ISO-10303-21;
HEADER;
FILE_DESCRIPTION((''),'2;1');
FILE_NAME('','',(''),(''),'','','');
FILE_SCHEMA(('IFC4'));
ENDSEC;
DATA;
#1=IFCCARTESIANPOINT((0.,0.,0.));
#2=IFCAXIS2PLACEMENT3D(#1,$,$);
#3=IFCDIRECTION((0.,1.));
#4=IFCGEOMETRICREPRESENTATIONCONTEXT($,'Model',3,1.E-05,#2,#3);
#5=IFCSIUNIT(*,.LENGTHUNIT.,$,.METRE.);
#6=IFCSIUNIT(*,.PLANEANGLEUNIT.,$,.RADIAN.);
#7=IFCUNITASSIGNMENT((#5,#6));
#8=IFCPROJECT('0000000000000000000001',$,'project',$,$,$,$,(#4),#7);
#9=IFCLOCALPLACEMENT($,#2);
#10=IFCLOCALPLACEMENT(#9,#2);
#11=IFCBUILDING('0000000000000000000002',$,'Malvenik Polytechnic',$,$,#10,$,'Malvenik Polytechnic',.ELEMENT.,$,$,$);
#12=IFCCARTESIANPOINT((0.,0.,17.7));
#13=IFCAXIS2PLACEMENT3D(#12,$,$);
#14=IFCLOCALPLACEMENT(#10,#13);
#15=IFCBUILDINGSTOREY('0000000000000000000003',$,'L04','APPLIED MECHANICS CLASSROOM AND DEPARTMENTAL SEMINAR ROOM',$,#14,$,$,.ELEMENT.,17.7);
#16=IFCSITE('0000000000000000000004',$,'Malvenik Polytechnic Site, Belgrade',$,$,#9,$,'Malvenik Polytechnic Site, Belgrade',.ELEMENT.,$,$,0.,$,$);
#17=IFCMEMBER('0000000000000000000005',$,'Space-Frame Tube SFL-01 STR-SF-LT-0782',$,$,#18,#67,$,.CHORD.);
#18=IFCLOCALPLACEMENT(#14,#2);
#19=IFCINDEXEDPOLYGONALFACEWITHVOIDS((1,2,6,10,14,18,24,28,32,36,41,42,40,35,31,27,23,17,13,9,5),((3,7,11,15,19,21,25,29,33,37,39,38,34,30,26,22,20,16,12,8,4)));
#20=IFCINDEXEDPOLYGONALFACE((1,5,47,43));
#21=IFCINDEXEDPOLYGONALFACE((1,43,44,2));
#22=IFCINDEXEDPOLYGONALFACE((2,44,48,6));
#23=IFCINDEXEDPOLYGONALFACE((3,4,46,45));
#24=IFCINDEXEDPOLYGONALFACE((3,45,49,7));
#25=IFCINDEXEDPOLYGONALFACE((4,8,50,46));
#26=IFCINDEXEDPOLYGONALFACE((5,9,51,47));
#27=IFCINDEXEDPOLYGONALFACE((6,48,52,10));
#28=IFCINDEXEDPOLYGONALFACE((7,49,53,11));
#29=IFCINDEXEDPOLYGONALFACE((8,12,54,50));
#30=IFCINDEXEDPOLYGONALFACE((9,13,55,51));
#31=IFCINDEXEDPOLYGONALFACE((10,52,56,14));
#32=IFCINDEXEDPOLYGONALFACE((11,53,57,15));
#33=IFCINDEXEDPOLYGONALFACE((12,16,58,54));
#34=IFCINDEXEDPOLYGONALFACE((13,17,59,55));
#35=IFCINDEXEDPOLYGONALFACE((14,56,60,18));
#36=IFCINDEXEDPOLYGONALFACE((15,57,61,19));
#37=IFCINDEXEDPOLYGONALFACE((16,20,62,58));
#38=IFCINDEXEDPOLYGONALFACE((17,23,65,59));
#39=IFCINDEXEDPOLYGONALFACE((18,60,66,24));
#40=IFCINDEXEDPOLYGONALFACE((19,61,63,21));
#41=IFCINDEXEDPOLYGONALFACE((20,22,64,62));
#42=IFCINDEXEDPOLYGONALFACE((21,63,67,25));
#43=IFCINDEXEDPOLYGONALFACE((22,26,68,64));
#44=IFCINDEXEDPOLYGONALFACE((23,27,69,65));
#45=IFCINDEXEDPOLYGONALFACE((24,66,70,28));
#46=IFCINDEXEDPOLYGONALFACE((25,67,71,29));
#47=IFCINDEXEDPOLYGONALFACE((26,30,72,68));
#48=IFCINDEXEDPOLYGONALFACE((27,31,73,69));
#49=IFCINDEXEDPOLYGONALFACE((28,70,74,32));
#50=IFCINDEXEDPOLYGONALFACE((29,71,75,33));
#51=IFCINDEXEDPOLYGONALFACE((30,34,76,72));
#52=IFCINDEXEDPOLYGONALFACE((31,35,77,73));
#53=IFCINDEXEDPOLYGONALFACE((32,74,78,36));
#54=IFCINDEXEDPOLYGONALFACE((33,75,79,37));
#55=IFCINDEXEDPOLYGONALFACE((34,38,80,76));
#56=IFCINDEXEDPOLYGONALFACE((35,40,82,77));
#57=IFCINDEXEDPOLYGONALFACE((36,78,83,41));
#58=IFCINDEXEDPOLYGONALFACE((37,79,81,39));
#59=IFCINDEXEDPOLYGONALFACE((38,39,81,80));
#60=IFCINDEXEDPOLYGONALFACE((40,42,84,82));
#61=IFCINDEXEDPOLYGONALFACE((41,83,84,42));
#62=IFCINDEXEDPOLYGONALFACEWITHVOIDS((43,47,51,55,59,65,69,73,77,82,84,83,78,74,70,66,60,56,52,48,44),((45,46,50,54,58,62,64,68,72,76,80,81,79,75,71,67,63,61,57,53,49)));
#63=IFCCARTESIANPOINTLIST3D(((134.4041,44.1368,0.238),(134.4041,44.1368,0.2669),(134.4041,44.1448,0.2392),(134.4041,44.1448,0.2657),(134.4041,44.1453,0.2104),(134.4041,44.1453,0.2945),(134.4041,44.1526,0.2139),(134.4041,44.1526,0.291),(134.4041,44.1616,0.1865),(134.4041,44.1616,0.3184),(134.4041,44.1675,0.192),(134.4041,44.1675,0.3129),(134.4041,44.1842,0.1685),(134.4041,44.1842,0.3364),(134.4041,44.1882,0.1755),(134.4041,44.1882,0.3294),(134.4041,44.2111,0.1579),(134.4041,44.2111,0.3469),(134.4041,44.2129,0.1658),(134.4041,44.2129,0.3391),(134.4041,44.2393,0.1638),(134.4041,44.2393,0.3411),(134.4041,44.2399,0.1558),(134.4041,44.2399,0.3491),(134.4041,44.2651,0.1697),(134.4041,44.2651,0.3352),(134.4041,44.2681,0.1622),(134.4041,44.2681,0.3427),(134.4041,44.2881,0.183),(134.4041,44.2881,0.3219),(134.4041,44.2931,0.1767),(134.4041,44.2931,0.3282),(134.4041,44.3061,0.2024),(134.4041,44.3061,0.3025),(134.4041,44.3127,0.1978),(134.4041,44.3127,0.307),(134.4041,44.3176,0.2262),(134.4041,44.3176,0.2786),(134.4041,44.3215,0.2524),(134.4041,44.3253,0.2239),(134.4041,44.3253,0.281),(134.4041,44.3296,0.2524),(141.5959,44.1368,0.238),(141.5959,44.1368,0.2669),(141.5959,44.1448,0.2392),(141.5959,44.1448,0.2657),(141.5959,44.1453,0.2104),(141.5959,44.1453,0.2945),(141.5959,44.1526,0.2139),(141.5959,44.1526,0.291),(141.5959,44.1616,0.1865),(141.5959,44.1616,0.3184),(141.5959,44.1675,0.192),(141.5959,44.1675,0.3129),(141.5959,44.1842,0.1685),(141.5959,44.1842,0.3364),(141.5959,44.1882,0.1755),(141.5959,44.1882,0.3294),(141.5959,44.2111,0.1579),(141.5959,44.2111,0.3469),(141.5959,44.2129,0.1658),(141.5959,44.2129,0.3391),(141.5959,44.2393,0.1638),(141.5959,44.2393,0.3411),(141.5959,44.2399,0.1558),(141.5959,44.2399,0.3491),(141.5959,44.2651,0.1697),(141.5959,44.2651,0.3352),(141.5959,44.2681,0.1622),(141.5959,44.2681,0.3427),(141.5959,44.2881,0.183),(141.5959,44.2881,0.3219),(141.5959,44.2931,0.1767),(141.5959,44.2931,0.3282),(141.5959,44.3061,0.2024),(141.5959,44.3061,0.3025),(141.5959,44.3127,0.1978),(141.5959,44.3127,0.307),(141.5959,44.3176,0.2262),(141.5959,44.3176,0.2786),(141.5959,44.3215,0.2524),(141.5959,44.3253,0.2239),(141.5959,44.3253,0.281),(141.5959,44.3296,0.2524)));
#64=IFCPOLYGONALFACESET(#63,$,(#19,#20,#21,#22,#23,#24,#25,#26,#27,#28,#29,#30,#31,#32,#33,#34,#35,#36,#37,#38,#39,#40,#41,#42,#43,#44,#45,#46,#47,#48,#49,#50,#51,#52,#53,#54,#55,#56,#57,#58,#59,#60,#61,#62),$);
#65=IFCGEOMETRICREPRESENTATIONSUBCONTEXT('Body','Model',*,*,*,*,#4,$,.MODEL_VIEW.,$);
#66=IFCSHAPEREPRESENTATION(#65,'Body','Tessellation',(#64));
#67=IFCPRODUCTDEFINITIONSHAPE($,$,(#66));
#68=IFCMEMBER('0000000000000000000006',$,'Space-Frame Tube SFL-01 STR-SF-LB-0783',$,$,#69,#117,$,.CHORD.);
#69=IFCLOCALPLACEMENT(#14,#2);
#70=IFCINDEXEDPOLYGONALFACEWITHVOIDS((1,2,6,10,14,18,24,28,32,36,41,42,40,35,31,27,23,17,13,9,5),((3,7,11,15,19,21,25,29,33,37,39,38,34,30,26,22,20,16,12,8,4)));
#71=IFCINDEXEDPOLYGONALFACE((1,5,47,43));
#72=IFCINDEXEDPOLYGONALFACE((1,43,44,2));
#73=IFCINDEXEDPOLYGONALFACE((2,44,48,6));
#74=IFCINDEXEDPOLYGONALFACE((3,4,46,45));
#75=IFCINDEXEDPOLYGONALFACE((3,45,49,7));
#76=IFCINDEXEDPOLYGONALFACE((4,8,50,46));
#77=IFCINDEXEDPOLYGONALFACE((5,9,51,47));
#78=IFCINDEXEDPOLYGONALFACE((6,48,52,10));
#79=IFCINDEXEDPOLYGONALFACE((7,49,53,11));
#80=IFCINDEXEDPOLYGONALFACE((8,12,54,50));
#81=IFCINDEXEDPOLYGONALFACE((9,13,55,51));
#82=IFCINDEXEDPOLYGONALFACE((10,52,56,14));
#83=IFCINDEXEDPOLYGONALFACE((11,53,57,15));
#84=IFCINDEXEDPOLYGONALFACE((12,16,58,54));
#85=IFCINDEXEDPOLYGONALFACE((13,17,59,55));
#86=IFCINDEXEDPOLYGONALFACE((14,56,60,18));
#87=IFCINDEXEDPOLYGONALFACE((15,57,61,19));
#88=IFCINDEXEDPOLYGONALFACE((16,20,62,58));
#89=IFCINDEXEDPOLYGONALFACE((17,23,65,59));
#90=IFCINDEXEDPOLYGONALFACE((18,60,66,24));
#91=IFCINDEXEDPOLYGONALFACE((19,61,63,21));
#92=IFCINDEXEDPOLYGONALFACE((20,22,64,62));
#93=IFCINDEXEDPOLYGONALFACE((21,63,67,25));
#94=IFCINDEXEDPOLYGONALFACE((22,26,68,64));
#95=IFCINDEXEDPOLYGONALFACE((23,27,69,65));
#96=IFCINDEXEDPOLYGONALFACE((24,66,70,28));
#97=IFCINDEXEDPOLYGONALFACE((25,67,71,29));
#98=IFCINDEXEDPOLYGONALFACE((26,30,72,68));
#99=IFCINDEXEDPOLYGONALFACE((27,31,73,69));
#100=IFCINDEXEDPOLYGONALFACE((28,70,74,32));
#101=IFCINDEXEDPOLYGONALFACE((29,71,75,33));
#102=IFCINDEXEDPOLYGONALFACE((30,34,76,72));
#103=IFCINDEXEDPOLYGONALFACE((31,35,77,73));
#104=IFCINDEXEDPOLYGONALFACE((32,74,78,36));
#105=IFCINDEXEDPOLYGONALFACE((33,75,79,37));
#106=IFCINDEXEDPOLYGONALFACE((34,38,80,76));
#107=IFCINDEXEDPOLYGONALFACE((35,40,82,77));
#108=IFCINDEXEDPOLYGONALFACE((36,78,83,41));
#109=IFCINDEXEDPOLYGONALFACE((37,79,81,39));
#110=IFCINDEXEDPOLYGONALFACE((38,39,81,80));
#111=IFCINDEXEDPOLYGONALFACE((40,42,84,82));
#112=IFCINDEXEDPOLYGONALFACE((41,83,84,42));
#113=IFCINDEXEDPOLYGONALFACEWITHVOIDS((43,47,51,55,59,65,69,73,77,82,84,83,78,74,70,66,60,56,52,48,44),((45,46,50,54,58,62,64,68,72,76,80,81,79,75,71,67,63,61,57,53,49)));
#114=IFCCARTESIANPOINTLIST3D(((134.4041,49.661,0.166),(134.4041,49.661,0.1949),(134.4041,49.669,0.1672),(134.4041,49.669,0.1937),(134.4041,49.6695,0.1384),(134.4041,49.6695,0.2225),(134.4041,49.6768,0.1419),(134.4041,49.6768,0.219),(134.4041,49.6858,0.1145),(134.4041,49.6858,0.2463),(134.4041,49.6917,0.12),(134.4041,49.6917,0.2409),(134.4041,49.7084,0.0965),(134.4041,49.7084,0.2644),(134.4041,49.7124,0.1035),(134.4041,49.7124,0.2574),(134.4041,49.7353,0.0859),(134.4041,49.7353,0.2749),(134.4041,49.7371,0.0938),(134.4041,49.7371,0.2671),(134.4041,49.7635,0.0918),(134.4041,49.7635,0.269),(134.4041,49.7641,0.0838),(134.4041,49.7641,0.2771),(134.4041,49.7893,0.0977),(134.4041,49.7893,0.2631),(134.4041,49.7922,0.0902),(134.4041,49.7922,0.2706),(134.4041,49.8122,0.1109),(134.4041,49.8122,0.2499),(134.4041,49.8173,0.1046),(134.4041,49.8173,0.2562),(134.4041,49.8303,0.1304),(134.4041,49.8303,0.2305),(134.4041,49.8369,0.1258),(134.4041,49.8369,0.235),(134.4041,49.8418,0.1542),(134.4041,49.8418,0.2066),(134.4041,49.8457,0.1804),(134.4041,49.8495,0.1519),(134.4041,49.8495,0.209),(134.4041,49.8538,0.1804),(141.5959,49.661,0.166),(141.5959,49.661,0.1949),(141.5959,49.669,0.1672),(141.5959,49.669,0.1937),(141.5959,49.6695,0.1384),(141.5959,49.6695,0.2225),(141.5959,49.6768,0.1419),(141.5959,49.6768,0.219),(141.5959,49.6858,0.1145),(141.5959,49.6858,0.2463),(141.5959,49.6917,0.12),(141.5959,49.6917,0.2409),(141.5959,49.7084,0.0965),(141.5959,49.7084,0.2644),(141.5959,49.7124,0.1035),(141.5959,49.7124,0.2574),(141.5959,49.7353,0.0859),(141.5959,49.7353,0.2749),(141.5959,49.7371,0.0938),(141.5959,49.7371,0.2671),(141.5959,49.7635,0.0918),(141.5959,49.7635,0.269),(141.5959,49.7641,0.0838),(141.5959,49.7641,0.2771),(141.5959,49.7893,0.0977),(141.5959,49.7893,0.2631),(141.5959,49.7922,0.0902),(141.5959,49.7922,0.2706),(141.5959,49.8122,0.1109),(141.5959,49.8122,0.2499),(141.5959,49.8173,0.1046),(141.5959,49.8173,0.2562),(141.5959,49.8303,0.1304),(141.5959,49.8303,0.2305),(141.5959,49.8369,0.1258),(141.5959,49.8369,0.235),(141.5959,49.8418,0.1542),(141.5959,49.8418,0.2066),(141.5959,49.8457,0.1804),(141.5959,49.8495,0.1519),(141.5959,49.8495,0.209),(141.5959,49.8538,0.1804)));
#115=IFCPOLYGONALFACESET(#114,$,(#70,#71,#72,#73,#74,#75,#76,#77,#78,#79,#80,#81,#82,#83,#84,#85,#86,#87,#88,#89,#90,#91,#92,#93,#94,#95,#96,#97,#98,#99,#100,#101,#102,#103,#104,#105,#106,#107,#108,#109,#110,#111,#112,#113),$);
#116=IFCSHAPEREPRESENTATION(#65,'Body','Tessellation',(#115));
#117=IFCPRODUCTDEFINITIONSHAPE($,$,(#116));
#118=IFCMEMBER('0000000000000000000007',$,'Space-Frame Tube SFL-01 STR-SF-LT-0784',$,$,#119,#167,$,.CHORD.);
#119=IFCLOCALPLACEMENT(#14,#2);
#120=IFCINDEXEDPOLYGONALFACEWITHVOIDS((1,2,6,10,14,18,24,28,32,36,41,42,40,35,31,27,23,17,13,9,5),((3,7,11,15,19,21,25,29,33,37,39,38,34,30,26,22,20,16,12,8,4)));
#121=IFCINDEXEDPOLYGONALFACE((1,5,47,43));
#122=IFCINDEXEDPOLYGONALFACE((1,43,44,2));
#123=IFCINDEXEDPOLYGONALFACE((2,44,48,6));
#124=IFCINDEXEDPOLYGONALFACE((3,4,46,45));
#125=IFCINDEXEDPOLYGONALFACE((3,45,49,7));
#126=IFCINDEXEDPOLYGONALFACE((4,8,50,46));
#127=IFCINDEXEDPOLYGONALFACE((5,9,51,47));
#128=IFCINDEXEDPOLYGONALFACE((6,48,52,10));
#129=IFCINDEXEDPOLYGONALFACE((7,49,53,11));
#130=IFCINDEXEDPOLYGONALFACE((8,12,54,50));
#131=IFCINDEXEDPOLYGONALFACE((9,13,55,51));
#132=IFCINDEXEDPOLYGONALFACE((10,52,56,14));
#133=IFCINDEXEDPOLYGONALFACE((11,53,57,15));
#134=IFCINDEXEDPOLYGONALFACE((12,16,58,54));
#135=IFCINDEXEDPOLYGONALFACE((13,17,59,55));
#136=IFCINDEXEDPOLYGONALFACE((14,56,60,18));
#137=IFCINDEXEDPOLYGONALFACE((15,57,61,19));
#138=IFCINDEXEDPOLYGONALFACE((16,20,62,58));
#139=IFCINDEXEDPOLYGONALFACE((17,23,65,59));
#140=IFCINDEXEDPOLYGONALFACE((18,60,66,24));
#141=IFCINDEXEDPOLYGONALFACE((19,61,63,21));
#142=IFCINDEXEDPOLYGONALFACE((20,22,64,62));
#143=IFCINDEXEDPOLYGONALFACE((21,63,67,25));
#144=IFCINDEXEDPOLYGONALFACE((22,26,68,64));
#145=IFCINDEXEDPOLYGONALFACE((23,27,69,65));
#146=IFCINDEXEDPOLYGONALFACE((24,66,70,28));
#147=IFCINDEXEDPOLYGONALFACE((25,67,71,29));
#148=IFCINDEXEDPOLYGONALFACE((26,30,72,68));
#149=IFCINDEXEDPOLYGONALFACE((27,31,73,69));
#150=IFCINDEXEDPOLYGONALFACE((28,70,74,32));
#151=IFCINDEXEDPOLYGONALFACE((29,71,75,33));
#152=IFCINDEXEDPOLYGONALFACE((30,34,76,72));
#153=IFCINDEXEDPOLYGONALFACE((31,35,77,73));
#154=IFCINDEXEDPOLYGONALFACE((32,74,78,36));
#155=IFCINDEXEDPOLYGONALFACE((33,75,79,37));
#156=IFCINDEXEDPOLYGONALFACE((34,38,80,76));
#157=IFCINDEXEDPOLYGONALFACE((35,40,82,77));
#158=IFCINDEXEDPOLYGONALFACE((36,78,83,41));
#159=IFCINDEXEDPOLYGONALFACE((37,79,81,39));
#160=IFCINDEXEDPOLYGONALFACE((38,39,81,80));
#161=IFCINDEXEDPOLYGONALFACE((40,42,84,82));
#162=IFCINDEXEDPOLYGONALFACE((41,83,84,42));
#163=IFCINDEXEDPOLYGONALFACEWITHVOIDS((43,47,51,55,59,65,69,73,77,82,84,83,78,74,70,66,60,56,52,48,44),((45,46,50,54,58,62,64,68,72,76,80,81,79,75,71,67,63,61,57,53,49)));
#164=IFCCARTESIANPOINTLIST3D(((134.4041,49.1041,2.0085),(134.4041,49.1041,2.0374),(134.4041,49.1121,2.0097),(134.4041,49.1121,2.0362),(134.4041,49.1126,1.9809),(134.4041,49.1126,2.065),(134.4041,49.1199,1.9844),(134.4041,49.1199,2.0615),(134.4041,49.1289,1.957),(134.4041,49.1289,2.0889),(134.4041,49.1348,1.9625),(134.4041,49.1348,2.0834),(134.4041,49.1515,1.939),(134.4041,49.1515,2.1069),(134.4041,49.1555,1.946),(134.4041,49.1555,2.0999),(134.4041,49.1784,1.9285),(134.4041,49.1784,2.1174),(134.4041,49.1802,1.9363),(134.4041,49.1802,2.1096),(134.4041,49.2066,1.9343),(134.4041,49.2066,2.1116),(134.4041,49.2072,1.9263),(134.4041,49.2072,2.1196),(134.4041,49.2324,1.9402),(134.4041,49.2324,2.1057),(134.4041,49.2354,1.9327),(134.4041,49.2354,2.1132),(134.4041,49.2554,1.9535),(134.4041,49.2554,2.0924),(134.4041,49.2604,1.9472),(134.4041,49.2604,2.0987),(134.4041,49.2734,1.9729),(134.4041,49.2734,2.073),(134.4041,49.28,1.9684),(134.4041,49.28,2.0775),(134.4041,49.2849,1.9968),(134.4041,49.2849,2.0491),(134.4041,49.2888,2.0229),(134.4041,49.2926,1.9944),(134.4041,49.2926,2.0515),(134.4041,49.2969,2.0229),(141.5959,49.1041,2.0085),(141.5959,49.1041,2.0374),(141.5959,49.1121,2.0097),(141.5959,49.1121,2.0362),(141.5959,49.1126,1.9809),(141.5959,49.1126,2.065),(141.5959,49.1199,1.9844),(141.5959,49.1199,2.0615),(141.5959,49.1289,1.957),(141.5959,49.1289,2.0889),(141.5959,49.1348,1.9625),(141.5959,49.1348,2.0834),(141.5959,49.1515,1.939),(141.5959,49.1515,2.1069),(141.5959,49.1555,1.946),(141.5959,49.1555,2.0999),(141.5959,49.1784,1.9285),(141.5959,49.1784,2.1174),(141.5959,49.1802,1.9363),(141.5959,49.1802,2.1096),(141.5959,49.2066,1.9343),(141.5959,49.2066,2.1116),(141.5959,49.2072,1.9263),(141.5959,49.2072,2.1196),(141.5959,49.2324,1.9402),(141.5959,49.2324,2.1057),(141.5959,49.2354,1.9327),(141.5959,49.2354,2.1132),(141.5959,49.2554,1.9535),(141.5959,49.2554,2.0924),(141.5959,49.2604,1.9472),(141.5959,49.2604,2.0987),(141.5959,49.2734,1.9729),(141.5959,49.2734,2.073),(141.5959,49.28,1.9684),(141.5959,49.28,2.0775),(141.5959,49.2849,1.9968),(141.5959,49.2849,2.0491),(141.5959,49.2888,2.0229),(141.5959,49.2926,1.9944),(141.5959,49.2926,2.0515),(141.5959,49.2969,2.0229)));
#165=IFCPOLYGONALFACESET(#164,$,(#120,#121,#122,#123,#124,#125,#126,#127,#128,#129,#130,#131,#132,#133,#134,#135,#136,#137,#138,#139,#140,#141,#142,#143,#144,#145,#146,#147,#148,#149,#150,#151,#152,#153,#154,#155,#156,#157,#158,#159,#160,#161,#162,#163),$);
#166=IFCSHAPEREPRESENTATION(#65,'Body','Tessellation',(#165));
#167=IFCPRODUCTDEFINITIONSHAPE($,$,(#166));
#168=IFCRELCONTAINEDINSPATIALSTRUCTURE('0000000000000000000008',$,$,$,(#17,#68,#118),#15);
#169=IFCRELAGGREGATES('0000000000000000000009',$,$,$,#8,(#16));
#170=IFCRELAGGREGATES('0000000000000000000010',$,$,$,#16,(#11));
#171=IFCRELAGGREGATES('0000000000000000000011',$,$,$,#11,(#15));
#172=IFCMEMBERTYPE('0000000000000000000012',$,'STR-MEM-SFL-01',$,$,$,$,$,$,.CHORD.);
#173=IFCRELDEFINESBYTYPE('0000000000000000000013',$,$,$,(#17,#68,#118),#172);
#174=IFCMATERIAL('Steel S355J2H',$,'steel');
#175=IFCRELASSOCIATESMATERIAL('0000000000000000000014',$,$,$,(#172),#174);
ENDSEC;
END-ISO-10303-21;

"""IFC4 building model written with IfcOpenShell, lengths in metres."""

from ifc_helpers import new_model, si_unit, direction, frame, origin, origin_2d, place, context, subcontext, project, spatial, hollow_circle, extrude, material, material_profile, profile_set, type_object, element, save


model = new_model("IFC4")

# Units and contexts
model_context = context("Model", 3, precision=1e-05, world=origin(), true_north=direction((0.0, 1.0)))
body_context = subcontext(model_context, "Body", "Model", "MODEL_VIEW")
ifc_project = project(units=[si_unit("LENGTHUNIT", "METRE"), si_unit("PLANEANGLEUNIT", "RADIAN")], contexts=[model_context])

# Site, building, storey
site_placement = place(None, origin())
site = spatial("IfcSite", under=ifc_project, at=site_placement, Name="Malvenik Polytechnic Site, Belgrade", LongName="Malvenik Polytechnic Site, Belgrade", CompositionType="ELEMENT", RefElevation=0.0)
building_placement = place(site_placement, origin())
building = spatial("IfcBuilding", under=site, at=building_placement, Name="Malvenik Polytechnic", LongName="Malvenik Polytechnic", CompositionType="ELEMENT")
storey_placement = place(building_placement, frame((0.0, 0.0, 17.7)))
storey = spatial("IfcBuildingStorey", under=building, at=storey_placement, Name="L04", Description="APPLIED MECHANICS CLASSROOM AND DEPARTMENTAL SEMINAR ROOM", CompositionType="ELEMENT", Elevation=17.7)

# Members
ifc_material = material(Name="Steel S355J2H", Category="steel")
ifc_material_profile_1 = material_profile(ifc_material, hollow_circle(Radius=0.0969, WallThickness=0.0081, at=origin_2d()), Name="CHS 193.7x8.0")
ifc_profile_set_1 = profile_set([ifc_material_profile_1], Name="Steel S355J2H")
member_type_1 = type_object("IfcMemberType", Name="STR-MEM-SFL-01", PredefinedType="CHORD", material=ifc_profile_set_1)
for number, where, z_axis, x_axis, name in (
    (1, (134.4041, 44.2327, 0.2524), (1.0, 0.0, 0.0), (0.0, 1.0, 0.0), "Space-Frame Tube SFL-01 STR-SF-LT-0782"),
    (2, (134.4041, 49.7568, 0.1804), (1.0, 0.0, 0.0), (0.0, 1.0, 0.0), "Space-Frame Tube SFL-01 STR-SF-LB-0783"),
    (3, (134.4041, 49.2, 2.0229), (1.0, 0.0, 0.0), (0.0, 1.0, 0.0), "Space-Frame Tube SFL-01 STR-SF-LT-0784"),
):
    element("IfcMember", number, at=place(storey_placement, frame(where, z_axis=z_axis, x_axis=x_axis)), inside=storey, type_object=member_type_1, Name=name, PredefinedType="CHORD", context=body_context, shape_type="SweptSolid", body=[
        extrude(hollow_circle(Radius=0.0969, WallThickness=0.0081, at=origin_2d()), origin(), (0.0, 0.0, 1.0), 7.1919),
    ])

save(model, "model.ifc")
